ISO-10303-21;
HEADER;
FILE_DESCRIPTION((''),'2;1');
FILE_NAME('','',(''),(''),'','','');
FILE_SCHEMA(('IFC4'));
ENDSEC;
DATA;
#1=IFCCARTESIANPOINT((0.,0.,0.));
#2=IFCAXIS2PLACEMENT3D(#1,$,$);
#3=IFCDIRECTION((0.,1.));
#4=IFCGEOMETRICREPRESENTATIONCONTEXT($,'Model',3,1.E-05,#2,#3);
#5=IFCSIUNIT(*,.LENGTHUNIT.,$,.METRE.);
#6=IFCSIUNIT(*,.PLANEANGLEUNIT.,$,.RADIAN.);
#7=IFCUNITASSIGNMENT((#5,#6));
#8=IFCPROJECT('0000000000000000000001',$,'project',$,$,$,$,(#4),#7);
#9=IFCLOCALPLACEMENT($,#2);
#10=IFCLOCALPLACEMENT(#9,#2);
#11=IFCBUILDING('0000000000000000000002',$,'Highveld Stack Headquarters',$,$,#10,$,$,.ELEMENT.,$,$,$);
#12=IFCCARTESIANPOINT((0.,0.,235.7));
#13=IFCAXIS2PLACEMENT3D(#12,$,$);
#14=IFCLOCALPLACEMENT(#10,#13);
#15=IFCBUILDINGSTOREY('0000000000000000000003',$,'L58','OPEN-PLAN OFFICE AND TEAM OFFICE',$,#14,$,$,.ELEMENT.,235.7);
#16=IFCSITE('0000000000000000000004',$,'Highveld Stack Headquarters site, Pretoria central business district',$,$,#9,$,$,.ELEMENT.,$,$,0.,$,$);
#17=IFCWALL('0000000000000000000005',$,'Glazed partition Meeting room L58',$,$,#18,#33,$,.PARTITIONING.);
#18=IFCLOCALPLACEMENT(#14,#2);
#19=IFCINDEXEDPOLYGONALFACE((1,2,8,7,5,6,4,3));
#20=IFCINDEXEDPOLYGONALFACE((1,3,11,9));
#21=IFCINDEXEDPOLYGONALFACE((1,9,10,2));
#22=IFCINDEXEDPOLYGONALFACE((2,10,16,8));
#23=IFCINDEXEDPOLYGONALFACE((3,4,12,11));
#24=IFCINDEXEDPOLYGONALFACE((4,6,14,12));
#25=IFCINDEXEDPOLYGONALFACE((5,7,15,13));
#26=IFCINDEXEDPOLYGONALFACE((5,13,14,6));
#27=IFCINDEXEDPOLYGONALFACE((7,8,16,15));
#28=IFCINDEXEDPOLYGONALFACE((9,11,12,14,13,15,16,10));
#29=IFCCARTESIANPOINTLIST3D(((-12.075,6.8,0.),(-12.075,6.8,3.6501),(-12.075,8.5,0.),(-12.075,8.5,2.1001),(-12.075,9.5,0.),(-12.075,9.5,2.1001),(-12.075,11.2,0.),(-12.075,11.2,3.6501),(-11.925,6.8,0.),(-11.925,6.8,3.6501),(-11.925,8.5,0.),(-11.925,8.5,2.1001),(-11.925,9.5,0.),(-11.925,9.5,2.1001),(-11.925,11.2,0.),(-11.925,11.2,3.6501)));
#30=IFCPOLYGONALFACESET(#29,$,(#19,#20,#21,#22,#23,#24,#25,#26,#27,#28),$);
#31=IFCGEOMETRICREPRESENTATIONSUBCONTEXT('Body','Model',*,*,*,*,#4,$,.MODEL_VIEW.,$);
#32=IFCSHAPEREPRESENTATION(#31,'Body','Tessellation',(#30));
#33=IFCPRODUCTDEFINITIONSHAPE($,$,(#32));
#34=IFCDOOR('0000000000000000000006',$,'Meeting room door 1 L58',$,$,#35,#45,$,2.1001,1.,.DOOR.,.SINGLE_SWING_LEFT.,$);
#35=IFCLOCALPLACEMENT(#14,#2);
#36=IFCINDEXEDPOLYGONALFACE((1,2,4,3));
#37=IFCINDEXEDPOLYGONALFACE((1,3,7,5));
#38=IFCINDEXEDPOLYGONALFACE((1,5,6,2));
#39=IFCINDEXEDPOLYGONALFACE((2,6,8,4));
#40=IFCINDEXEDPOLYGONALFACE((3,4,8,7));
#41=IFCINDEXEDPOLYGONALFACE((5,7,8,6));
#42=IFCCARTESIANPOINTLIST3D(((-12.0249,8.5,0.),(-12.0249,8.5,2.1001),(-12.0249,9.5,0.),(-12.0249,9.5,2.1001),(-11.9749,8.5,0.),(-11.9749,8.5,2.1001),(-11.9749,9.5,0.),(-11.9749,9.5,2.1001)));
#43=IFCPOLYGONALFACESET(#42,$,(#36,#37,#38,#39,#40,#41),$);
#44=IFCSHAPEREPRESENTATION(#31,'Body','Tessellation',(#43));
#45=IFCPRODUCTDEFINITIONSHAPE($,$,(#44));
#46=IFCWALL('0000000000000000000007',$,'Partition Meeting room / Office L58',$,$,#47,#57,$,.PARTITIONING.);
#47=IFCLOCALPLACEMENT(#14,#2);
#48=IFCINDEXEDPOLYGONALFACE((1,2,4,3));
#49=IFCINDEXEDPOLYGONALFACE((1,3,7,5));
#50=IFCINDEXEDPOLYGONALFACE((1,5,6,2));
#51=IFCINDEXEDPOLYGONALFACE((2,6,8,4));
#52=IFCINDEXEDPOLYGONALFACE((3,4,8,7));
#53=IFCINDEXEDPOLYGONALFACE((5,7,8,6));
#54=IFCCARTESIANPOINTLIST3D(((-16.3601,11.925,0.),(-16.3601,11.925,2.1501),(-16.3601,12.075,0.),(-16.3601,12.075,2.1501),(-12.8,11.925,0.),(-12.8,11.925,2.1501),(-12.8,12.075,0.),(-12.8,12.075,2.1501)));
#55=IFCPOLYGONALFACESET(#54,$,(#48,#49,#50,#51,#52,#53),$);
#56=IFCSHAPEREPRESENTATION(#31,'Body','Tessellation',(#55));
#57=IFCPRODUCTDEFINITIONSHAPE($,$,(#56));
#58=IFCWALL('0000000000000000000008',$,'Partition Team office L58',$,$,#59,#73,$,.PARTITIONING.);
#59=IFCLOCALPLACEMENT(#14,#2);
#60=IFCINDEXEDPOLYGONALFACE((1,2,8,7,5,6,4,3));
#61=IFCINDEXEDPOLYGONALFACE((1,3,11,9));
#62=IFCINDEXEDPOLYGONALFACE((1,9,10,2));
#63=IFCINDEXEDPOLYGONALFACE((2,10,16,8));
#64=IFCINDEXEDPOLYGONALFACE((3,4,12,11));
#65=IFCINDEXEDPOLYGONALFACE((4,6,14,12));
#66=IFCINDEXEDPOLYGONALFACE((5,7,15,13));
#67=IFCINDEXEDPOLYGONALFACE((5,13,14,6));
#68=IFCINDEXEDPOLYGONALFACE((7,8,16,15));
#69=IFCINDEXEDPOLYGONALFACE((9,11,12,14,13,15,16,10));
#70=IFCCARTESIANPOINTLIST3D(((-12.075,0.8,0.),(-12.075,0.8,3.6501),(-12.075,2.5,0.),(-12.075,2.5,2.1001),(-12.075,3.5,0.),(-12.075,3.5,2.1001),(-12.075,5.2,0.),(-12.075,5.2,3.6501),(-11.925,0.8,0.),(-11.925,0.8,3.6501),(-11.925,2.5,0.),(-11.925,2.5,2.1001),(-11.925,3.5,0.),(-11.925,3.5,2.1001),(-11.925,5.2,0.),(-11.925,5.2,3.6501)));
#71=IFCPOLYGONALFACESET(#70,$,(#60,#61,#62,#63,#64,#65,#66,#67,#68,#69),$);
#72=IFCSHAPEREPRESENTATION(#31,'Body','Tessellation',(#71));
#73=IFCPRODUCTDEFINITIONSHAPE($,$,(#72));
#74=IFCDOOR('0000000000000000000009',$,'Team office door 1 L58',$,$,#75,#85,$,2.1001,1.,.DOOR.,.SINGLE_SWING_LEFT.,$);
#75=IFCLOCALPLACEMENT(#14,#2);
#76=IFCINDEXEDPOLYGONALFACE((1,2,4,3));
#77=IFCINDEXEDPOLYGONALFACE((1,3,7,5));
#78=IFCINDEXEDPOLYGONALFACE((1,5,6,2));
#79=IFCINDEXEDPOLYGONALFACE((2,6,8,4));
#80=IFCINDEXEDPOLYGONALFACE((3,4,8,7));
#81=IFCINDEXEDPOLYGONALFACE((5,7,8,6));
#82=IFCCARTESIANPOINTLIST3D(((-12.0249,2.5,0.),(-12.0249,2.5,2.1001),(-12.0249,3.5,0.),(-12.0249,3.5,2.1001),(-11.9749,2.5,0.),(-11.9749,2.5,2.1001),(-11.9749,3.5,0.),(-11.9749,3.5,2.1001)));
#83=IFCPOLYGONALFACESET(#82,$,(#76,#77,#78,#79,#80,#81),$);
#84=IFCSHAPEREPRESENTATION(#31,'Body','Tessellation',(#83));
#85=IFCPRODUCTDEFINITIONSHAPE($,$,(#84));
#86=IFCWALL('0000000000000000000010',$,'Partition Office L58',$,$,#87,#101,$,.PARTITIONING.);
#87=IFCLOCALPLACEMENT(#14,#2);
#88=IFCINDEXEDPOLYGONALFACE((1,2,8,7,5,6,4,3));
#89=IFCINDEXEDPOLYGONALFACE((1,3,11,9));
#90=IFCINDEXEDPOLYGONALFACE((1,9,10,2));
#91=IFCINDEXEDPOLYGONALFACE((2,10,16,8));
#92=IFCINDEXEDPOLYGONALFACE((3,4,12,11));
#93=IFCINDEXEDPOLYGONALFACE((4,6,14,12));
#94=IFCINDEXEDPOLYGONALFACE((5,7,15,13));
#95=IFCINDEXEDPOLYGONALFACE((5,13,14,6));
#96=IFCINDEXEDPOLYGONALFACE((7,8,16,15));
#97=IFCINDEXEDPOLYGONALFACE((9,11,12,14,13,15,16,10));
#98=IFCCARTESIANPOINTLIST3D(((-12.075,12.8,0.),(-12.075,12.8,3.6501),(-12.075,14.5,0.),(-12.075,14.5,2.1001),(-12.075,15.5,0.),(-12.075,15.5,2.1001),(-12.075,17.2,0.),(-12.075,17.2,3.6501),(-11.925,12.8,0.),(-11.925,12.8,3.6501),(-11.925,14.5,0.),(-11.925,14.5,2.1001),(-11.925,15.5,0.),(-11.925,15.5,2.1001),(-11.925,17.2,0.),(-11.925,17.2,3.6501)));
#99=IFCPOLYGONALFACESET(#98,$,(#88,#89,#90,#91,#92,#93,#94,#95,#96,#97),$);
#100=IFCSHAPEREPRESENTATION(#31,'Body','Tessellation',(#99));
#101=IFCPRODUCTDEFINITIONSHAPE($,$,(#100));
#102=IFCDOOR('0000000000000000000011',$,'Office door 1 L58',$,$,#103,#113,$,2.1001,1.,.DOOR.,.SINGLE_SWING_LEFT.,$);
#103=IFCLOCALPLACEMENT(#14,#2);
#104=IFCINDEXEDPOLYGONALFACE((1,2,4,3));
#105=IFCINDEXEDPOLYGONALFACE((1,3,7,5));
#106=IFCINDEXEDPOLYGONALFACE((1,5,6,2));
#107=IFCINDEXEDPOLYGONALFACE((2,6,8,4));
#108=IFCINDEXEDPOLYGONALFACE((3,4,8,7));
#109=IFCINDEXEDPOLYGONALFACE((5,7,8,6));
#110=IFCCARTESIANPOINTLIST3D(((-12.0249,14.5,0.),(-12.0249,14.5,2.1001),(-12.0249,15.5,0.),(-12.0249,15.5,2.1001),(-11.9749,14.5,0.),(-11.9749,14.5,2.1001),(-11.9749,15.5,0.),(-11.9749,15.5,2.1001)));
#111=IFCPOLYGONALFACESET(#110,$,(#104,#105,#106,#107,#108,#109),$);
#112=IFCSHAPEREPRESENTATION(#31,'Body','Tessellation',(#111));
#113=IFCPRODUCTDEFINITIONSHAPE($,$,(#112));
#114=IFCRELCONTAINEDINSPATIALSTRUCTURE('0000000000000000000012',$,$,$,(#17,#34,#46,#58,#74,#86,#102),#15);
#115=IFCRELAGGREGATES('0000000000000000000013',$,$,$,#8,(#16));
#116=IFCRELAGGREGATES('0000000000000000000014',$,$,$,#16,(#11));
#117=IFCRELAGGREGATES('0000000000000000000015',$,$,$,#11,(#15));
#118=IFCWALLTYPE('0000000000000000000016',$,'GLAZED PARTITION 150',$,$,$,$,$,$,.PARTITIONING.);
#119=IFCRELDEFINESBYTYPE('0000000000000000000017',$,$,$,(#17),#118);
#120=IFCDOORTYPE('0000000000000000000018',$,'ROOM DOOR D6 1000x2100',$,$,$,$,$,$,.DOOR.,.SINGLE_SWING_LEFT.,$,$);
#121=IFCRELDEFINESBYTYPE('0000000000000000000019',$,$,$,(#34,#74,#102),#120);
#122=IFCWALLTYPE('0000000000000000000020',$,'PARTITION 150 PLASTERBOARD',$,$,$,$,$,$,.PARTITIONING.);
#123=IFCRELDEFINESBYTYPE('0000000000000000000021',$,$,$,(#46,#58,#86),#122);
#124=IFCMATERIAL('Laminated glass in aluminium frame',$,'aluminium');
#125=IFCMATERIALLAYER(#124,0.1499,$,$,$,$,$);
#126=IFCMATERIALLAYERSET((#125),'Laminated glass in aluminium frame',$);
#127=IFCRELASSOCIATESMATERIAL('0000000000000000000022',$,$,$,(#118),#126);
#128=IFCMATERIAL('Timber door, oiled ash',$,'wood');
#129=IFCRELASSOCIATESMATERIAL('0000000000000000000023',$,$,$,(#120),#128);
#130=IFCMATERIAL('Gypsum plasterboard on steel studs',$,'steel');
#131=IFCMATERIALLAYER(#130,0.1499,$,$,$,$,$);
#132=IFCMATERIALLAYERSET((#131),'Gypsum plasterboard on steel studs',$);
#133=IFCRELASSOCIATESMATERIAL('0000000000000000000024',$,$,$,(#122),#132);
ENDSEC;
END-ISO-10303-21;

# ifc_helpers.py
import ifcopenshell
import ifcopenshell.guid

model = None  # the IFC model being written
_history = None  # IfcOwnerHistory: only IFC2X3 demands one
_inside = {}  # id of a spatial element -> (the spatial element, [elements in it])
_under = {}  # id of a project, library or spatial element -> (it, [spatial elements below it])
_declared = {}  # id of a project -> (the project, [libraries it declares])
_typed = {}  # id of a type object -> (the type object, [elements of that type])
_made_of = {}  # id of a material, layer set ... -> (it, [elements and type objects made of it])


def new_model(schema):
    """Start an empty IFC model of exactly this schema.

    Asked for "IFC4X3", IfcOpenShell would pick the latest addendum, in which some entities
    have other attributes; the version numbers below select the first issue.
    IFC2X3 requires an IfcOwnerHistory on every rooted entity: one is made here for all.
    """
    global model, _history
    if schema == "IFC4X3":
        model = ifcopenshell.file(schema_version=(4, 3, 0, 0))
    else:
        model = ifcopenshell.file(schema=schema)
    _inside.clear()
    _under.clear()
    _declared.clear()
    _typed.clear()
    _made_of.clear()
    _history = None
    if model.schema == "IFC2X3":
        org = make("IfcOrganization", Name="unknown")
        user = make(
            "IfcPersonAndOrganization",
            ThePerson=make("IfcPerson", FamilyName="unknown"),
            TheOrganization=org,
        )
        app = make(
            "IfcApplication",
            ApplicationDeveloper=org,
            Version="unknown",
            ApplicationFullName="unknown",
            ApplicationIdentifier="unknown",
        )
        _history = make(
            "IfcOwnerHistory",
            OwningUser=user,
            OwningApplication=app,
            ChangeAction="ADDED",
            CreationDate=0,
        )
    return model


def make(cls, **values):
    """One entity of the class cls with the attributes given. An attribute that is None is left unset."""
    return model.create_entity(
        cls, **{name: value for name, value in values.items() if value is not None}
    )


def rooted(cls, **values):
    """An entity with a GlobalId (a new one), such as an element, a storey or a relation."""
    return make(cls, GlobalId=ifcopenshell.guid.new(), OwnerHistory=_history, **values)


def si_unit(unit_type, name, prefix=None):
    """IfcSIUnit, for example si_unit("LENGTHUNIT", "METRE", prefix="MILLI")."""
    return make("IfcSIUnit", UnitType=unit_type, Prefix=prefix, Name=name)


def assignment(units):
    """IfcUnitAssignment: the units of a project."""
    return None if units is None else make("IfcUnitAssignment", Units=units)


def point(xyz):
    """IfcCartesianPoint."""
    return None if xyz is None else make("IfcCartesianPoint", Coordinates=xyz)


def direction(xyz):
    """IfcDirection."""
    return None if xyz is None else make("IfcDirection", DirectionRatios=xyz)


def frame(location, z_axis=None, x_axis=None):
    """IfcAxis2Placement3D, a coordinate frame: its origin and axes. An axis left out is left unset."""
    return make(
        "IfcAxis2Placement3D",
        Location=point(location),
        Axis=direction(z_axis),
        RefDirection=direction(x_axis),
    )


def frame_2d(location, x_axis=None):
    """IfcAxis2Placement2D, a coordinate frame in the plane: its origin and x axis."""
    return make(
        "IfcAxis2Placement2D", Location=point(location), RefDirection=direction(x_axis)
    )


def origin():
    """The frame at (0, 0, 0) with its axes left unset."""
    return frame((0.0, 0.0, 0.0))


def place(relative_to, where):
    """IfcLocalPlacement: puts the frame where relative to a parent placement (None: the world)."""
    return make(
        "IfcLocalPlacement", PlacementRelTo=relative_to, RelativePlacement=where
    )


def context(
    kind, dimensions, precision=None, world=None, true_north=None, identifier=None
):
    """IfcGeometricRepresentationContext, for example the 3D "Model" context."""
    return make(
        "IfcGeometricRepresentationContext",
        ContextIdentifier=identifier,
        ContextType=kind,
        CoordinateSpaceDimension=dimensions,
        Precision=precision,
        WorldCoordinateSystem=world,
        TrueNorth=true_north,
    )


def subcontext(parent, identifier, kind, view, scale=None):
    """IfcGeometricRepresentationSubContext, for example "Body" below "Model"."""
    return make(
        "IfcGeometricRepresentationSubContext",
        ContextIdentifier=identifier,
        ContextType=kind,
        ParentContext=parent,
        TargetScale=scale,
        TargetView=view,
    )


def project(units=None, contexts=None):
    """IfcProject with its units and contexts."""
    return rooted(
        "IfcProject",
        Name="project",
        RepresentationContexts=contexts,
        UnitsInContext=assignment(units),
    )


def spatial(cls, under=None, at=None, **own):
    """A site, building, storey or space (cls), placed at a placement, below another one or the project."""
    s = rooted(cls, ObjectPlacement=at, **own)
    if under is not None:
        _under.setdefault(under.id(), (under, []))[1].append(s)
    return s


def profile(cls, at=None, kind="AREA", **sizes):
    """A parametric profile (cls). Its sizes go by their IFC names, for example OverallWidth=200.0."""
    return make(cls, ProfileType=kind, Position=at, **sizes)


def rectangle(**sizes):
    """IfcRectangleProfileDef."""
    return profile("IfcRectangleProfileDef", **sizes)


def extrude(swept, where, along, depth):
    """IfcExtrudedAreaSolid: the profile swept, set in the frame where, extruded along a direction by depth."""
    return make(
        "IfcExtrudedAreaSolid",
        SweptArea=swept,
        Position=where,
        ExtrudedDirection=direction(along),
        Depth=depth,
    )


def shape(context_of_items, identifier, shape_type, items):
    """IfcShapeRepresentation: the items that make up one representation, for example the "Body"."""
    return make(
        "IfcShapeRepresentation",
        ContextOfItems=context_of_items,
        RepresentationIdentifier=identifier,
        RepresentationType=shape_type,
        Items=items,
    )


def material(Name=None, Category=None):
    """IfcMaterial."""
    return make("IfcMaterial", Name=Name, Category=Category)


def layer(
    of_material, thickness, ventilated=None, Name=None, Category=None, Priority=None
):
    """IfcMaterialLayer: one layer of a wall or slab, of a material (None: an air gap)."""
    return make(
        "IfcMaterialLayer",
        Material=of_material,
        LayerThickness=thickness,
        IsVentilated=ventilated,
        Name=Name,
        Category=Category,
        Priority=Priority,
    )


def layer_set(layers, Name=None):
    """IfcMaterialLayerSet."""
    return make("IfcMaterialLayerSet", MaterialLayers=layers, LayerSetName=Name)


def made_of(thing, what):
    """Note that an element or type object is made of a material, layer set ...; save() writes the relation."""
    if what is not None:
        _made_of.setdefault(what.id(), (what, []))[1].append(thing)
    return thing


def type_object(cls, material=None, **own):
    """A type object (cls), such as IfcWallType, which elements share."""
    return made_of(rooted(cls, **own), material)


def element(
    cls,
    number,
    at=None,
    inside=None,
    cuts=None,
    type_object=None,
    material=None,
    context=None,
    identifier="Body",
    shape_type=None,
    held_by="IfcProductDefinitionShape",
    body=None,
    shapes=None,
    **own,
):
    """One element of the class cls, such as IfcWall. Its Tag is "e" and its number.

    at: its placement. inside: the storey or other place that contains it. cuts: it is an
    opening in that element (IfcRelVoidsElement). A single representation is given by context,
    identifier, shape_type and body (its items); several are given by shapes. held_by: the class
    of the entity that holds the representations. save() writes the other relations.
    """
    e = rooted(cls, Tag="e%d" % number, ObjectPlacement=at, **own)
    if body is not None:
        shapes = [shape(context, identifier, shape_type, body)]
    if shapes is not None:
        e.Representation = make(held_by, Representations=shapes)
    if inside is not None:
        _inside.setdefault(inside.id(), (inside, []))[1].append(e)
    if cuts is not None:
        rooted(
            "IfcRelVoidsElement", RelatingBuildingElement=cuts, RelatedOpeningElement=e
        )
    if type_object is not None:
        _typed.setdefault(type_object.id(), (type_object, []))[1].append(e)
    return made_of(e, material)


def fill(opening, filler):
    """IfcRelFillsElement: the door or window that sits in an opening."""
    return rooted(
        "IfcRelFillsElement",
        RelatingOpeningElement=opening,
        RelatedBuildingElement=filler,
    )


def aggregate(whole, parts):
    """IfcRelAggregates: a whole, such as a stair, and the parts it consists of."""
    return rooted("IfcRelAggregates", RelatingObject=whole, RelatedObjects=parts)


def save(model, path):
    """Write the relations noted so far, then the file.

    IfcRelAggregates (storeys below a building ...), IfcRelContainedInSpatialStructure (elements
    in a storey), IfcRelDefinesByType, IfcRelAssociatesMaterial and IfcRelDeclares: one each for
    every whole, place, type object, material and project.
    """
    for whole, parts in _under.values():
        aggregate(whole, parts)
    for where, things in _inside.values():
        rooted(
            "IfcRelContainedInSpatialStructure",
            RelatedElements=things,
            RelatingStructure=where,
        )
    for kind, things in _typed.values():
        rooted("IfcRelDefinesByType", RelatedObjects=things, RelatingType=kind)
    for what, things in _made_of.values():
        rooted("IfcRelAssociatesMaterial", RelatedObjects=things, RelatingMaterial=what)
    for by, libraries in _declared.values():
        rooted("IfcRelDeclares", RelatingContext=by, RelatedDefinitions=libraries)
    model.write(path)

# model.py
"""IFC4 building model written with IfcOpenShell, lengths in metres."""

from ifc_helpers import new_model, si_unit, direction, frame, frame_2d, origin, place, context, subcontext, project, spatial, rectangle, extrude, material, layer, layer_set, type_object, element, fill, save


model = new_model("IFC4")

# Units and contexts
model_context = context("Model", 3, precision=1e-05, world=origin(), true_north=direction((0.0, 1.0)))
body_context = subcontext(model_context, "Body", "Model", "MODEL_VIEW")
ifc_project = project(units=[si_unit("LENGTHUNIT", "METRE"), si_unit("PLANEANGLEUNIT", "RADIAN")], contexts=[model_context])

# Site, building, storey
site_placement = place(None, origin())
site = spatial("IfcSite", under=ifc_project, at=site_placement, Name="Highveld Stack Headquarters site, Pretoria central business district", CompositionType="ELEMENT", RefElevation=0.0)
building_placement = place(site_placement, origin())
building = spatial("IfcBuilding", under=site, at=building_placement, Name="Highveld Stack Headquarters", CompositionType="ELEMENT")
storey_placement = place(building_placement, frame((0.0, 0.0, 235.7)))
storey = spatial("IfcBuildingStorey", under=building, at=storey_placement, Name="L58", Description="OPEN-PLAN OFFICE AND TEAM OFFICE", CompositionType="ELEMENT", Elevation=235.7)

# Wall, opening, door
ifc_material_1 = material(Name="Laminated glass in aluminium frame", Category="aluminium")
ifc_layer_1 = layer(ifc_material_1, 0.1499)
ifc_layer_set_1 = layer_set([ifc_layer_1], Name="Laminated glass in aluminium frame")
wall_type_1 = type_object("IfcWallType", Name="GLAZED PARTITION 150", PredefinedType="PARTITIONING", material=ifc_layer_set_1)
wall_1_placement = place(storey_placement, frame((-12.0, 6.8, 0.0), z_axis=(0.0, 0.0, 1.0), x_axis=(0.0, 1.0, 0.0)))
wall_1 = element("IfcWall", 1, at=wall_1_placement, inside=storey, type_object=wall_type_1, Name="Glazed partition Meeting room L58", PredefinedType="PARTITIONING", context=body_context, shape_type="SweptSolid", body=[
    extrude(rectangle(XDim=4.3999, YDim=0.1499, at=frame_2d((2.2, 0.0))), origin(), (0.0, 0.0, 1.0), 3.6501),
])
opening_1_placement = place(wall_1_placement, frame((1.7, 0.0, 0.0)))
opening_1 = element("IfcOpeningElement", 2, at=opening_1_placement, cuts=wall_1, PredefinedType="OPENING", context=body_context, shape_type="SweptSolid", body=[
    extrude(rectangle(XDim=1.0, YDim=2.1001, at=frame_2d((0.5, 1.05))), frame((0.0, 0.085, 0.0), z_axis=(0.0, -1.0, 0.0), x_axis=(1.0, 0.0, 0.0)), (0.0, 0.0, 1.0), 0.1699),
])
ifc_material_2 = material(Name="Timber door, oiled ash", Category="wood")
door_type_1 = type_object("IfcDoorType", Name="ROOM DOOR D6 1000x2100", OperationType="SINGLE_SWING_LEFT", PredefinedType="DOOR", material=ifc_material_2)
door_1_placement = place(opening_1_placement, origin())
door_1 = element("IfcDoor", 3, at=door_1_placement, inside=storey, type_object=door_type_1, Name="Meeting room door 1 L58", OperationType="SINGLE_SWING_LEFT", OverallHeight=2.1001, OverallWidth=1.0, PredefinedType="DOOR", context=body_context, shape_type="SweptSolid", body=[
    extrude(rectangle(XDim=1.0, YDim=2.1001, at=frame_2d((0.5, 1.05))), frame((0.0, 0.0249, 0.0), z_axis=(0.0, -1.0, 0.0), x_axis=(1.0, 0.0, 0.0)), (0.0, 0.0, 1.0), 0.05),
])
fill(opening_1, door_1)

# Wall
ifc_material_3 = material(Name="Gypsum plasterboard on steel studs", Category="steel")
ifc_layer_2 = layer(ifc_material_3, 0.1499)
ifc_layer_set_2 = layer_set([ifc_layer_2], Name="Gypsum plasterboard on steel studs")
wall_type_2 = type_object("IfcWallType", Name="PARTITION 150 PLASTERBOARD", PredefinedType="PARTITIONING", material=ifc_layer_set_2)
wall_2_placement = place(storey_placement, frame((-16.3601, 12.0, 0.0), z_axis=(0.0, 0.0, 1.0), x_axis=(1.0, 0.0, 0.0)))
element("IfcWall", 4, at=wall_2_placement, inside=storey, type_object=wall_type_2, Name="Partition Meeting room / Office L58", PredefinedType="PARTITIONING", context=body_context, shape_type="SweptSolid", body=[
    extrude(rectangle(XDim=3.5601, YDim=0.1499, at=frame_2d((1.78, 0.0))), origin(), (0.0, 0.0, 1.0), 2.1501),
])

# Walls, openings, doors
wall_3_placement = place(storey_placement, frame((-12.0, 0.8, 0.0), z_axis=(0.0, 0.0, 1.0), x_axis=(0.0, 1.0, 0.0)))
wall_3 = element("IfcWall", 5, at=wall_3_placement, inside=storey, type_object=wall_type_2, Name="Partition Team office L58", PredefinedType="PARTITIONING", context=body_context, shape_type="SweptSolid", body=[
    extrude(rectangle(XDim=4.3999, YDim=0.1499, at=frame_2d((2.2, 0.0))), origin(), (0.0, 0.0, 1.0), 3.6501),
])
opening_2_placement = place(wall_3_placement, frame((1.7, 0.0, 0.0)))
opening_2 = element("IfcOpeningElement", 6, at=opening_2_placement, cuts=wall_3, PredefinedType="OPENING", context=body_context, shape_type="SweptSolid", body=[
    extrude(rectangle(XDim=1.0, YDim=2.1001, at=frame_2d((0.5, 1.05))), frame((0.0, 0.085, 0.0), z_axis=(0.0, -1.0, 0.0), x_axis=(1.0, 0.0, 0.0)), (0.0, 0.0, 1.0), 0.1699),
])
door_2_placement = place(opening_2_placement, origin())
door_2 = element("IfcDoor", 7, at=door_2_placement, inside=storey, type_object=door_type_1, Name="Team office door 1 L58", OperationType="SINGLE_SWING_LEFT", OverallHeight=2.1001, OverallWidth=1.0, PredefinedType="DOOR", context=body_context, shape_type="SweptSolid", body=[
    extrude(rectangle(XDim=1.0, YDim=2.1001, at=frame_2d((0.5, 1.05))), frame((0.0, 0.0249, 0.0), z_axis=(0.0, -1.0, 0.0), x_axis=(1.0, 0.0, 0.0)), (0.0, 0.0, 1.0), 0.05),
])
fill(opening_2, door_2)
wall_4_placement = place(storey_placement, frame((-12.0, 12.8, 0.0), z_axis=(0.0, 0.0, 1.0), x_axis=(0.0, 1.0, 0.0)))
wall_4 = element("IfcWall", 8, at=wall_4_placement, inside=storey, type_object=wall_type_2, Name="Partition Office L58", PredefinedType="PARTITIONING", context=body_context, shape_type="SweptSolid", body=[
    extrude(rectangle(XDim=4.3999, YDim=0.1499, at=frame_2d((2.2, 0.0))), origin(), (0.0, 0.0, 1.0), 3.6501),
])
opening_3_placement = place(wall_4_placement, frame((1.7, 0.0, 0.0)))
opening_3 = element("IfcOpeningElement", 9, at=opening_3_placement, cuts=wall_4, PredefinedType="OPENING", context=body_context, shape_type="SweptSolid", body=[
    extrude(rectangle(XDim=1.0, YDim=2.1001, at=frame_2d((0.5, 1.05))), frame((0.0, 0.085, 0.0), z_axis=(0.0, -1.0, 0.0), x_axis=(1.0, 0.0, 0.0)), (0.0, 0.0, 1.0), 0.1699),
])
door_3_placement = place(opening_3_placement, origin())
door_3 = element("IfcDoor", 10, at=door_3_placement, inside=storey, type_object=door_type_1, Name="Office door 1 L58", OperationType="SINGLE_SWING_LEFT", OverallHeight=2.1001, OverallWidth=1.0, PredefinedType="DOOR", context=body_context, shape_type="SweptSolid", body=[
    extrude(rectangle(XDim=1.0, YDim=2.1001, at=frame_2d((0.5, 1.05))), frame((0.0, 0.0249, 0.0), z_axis=(0.0, -1.0, 0.0), x_axis=(1.0, 0.0, 0.0)), (0.0, 0.0, 1.0), 0.05),
])
fill(opening_3, door_3)

save(model, "model.ifc")
